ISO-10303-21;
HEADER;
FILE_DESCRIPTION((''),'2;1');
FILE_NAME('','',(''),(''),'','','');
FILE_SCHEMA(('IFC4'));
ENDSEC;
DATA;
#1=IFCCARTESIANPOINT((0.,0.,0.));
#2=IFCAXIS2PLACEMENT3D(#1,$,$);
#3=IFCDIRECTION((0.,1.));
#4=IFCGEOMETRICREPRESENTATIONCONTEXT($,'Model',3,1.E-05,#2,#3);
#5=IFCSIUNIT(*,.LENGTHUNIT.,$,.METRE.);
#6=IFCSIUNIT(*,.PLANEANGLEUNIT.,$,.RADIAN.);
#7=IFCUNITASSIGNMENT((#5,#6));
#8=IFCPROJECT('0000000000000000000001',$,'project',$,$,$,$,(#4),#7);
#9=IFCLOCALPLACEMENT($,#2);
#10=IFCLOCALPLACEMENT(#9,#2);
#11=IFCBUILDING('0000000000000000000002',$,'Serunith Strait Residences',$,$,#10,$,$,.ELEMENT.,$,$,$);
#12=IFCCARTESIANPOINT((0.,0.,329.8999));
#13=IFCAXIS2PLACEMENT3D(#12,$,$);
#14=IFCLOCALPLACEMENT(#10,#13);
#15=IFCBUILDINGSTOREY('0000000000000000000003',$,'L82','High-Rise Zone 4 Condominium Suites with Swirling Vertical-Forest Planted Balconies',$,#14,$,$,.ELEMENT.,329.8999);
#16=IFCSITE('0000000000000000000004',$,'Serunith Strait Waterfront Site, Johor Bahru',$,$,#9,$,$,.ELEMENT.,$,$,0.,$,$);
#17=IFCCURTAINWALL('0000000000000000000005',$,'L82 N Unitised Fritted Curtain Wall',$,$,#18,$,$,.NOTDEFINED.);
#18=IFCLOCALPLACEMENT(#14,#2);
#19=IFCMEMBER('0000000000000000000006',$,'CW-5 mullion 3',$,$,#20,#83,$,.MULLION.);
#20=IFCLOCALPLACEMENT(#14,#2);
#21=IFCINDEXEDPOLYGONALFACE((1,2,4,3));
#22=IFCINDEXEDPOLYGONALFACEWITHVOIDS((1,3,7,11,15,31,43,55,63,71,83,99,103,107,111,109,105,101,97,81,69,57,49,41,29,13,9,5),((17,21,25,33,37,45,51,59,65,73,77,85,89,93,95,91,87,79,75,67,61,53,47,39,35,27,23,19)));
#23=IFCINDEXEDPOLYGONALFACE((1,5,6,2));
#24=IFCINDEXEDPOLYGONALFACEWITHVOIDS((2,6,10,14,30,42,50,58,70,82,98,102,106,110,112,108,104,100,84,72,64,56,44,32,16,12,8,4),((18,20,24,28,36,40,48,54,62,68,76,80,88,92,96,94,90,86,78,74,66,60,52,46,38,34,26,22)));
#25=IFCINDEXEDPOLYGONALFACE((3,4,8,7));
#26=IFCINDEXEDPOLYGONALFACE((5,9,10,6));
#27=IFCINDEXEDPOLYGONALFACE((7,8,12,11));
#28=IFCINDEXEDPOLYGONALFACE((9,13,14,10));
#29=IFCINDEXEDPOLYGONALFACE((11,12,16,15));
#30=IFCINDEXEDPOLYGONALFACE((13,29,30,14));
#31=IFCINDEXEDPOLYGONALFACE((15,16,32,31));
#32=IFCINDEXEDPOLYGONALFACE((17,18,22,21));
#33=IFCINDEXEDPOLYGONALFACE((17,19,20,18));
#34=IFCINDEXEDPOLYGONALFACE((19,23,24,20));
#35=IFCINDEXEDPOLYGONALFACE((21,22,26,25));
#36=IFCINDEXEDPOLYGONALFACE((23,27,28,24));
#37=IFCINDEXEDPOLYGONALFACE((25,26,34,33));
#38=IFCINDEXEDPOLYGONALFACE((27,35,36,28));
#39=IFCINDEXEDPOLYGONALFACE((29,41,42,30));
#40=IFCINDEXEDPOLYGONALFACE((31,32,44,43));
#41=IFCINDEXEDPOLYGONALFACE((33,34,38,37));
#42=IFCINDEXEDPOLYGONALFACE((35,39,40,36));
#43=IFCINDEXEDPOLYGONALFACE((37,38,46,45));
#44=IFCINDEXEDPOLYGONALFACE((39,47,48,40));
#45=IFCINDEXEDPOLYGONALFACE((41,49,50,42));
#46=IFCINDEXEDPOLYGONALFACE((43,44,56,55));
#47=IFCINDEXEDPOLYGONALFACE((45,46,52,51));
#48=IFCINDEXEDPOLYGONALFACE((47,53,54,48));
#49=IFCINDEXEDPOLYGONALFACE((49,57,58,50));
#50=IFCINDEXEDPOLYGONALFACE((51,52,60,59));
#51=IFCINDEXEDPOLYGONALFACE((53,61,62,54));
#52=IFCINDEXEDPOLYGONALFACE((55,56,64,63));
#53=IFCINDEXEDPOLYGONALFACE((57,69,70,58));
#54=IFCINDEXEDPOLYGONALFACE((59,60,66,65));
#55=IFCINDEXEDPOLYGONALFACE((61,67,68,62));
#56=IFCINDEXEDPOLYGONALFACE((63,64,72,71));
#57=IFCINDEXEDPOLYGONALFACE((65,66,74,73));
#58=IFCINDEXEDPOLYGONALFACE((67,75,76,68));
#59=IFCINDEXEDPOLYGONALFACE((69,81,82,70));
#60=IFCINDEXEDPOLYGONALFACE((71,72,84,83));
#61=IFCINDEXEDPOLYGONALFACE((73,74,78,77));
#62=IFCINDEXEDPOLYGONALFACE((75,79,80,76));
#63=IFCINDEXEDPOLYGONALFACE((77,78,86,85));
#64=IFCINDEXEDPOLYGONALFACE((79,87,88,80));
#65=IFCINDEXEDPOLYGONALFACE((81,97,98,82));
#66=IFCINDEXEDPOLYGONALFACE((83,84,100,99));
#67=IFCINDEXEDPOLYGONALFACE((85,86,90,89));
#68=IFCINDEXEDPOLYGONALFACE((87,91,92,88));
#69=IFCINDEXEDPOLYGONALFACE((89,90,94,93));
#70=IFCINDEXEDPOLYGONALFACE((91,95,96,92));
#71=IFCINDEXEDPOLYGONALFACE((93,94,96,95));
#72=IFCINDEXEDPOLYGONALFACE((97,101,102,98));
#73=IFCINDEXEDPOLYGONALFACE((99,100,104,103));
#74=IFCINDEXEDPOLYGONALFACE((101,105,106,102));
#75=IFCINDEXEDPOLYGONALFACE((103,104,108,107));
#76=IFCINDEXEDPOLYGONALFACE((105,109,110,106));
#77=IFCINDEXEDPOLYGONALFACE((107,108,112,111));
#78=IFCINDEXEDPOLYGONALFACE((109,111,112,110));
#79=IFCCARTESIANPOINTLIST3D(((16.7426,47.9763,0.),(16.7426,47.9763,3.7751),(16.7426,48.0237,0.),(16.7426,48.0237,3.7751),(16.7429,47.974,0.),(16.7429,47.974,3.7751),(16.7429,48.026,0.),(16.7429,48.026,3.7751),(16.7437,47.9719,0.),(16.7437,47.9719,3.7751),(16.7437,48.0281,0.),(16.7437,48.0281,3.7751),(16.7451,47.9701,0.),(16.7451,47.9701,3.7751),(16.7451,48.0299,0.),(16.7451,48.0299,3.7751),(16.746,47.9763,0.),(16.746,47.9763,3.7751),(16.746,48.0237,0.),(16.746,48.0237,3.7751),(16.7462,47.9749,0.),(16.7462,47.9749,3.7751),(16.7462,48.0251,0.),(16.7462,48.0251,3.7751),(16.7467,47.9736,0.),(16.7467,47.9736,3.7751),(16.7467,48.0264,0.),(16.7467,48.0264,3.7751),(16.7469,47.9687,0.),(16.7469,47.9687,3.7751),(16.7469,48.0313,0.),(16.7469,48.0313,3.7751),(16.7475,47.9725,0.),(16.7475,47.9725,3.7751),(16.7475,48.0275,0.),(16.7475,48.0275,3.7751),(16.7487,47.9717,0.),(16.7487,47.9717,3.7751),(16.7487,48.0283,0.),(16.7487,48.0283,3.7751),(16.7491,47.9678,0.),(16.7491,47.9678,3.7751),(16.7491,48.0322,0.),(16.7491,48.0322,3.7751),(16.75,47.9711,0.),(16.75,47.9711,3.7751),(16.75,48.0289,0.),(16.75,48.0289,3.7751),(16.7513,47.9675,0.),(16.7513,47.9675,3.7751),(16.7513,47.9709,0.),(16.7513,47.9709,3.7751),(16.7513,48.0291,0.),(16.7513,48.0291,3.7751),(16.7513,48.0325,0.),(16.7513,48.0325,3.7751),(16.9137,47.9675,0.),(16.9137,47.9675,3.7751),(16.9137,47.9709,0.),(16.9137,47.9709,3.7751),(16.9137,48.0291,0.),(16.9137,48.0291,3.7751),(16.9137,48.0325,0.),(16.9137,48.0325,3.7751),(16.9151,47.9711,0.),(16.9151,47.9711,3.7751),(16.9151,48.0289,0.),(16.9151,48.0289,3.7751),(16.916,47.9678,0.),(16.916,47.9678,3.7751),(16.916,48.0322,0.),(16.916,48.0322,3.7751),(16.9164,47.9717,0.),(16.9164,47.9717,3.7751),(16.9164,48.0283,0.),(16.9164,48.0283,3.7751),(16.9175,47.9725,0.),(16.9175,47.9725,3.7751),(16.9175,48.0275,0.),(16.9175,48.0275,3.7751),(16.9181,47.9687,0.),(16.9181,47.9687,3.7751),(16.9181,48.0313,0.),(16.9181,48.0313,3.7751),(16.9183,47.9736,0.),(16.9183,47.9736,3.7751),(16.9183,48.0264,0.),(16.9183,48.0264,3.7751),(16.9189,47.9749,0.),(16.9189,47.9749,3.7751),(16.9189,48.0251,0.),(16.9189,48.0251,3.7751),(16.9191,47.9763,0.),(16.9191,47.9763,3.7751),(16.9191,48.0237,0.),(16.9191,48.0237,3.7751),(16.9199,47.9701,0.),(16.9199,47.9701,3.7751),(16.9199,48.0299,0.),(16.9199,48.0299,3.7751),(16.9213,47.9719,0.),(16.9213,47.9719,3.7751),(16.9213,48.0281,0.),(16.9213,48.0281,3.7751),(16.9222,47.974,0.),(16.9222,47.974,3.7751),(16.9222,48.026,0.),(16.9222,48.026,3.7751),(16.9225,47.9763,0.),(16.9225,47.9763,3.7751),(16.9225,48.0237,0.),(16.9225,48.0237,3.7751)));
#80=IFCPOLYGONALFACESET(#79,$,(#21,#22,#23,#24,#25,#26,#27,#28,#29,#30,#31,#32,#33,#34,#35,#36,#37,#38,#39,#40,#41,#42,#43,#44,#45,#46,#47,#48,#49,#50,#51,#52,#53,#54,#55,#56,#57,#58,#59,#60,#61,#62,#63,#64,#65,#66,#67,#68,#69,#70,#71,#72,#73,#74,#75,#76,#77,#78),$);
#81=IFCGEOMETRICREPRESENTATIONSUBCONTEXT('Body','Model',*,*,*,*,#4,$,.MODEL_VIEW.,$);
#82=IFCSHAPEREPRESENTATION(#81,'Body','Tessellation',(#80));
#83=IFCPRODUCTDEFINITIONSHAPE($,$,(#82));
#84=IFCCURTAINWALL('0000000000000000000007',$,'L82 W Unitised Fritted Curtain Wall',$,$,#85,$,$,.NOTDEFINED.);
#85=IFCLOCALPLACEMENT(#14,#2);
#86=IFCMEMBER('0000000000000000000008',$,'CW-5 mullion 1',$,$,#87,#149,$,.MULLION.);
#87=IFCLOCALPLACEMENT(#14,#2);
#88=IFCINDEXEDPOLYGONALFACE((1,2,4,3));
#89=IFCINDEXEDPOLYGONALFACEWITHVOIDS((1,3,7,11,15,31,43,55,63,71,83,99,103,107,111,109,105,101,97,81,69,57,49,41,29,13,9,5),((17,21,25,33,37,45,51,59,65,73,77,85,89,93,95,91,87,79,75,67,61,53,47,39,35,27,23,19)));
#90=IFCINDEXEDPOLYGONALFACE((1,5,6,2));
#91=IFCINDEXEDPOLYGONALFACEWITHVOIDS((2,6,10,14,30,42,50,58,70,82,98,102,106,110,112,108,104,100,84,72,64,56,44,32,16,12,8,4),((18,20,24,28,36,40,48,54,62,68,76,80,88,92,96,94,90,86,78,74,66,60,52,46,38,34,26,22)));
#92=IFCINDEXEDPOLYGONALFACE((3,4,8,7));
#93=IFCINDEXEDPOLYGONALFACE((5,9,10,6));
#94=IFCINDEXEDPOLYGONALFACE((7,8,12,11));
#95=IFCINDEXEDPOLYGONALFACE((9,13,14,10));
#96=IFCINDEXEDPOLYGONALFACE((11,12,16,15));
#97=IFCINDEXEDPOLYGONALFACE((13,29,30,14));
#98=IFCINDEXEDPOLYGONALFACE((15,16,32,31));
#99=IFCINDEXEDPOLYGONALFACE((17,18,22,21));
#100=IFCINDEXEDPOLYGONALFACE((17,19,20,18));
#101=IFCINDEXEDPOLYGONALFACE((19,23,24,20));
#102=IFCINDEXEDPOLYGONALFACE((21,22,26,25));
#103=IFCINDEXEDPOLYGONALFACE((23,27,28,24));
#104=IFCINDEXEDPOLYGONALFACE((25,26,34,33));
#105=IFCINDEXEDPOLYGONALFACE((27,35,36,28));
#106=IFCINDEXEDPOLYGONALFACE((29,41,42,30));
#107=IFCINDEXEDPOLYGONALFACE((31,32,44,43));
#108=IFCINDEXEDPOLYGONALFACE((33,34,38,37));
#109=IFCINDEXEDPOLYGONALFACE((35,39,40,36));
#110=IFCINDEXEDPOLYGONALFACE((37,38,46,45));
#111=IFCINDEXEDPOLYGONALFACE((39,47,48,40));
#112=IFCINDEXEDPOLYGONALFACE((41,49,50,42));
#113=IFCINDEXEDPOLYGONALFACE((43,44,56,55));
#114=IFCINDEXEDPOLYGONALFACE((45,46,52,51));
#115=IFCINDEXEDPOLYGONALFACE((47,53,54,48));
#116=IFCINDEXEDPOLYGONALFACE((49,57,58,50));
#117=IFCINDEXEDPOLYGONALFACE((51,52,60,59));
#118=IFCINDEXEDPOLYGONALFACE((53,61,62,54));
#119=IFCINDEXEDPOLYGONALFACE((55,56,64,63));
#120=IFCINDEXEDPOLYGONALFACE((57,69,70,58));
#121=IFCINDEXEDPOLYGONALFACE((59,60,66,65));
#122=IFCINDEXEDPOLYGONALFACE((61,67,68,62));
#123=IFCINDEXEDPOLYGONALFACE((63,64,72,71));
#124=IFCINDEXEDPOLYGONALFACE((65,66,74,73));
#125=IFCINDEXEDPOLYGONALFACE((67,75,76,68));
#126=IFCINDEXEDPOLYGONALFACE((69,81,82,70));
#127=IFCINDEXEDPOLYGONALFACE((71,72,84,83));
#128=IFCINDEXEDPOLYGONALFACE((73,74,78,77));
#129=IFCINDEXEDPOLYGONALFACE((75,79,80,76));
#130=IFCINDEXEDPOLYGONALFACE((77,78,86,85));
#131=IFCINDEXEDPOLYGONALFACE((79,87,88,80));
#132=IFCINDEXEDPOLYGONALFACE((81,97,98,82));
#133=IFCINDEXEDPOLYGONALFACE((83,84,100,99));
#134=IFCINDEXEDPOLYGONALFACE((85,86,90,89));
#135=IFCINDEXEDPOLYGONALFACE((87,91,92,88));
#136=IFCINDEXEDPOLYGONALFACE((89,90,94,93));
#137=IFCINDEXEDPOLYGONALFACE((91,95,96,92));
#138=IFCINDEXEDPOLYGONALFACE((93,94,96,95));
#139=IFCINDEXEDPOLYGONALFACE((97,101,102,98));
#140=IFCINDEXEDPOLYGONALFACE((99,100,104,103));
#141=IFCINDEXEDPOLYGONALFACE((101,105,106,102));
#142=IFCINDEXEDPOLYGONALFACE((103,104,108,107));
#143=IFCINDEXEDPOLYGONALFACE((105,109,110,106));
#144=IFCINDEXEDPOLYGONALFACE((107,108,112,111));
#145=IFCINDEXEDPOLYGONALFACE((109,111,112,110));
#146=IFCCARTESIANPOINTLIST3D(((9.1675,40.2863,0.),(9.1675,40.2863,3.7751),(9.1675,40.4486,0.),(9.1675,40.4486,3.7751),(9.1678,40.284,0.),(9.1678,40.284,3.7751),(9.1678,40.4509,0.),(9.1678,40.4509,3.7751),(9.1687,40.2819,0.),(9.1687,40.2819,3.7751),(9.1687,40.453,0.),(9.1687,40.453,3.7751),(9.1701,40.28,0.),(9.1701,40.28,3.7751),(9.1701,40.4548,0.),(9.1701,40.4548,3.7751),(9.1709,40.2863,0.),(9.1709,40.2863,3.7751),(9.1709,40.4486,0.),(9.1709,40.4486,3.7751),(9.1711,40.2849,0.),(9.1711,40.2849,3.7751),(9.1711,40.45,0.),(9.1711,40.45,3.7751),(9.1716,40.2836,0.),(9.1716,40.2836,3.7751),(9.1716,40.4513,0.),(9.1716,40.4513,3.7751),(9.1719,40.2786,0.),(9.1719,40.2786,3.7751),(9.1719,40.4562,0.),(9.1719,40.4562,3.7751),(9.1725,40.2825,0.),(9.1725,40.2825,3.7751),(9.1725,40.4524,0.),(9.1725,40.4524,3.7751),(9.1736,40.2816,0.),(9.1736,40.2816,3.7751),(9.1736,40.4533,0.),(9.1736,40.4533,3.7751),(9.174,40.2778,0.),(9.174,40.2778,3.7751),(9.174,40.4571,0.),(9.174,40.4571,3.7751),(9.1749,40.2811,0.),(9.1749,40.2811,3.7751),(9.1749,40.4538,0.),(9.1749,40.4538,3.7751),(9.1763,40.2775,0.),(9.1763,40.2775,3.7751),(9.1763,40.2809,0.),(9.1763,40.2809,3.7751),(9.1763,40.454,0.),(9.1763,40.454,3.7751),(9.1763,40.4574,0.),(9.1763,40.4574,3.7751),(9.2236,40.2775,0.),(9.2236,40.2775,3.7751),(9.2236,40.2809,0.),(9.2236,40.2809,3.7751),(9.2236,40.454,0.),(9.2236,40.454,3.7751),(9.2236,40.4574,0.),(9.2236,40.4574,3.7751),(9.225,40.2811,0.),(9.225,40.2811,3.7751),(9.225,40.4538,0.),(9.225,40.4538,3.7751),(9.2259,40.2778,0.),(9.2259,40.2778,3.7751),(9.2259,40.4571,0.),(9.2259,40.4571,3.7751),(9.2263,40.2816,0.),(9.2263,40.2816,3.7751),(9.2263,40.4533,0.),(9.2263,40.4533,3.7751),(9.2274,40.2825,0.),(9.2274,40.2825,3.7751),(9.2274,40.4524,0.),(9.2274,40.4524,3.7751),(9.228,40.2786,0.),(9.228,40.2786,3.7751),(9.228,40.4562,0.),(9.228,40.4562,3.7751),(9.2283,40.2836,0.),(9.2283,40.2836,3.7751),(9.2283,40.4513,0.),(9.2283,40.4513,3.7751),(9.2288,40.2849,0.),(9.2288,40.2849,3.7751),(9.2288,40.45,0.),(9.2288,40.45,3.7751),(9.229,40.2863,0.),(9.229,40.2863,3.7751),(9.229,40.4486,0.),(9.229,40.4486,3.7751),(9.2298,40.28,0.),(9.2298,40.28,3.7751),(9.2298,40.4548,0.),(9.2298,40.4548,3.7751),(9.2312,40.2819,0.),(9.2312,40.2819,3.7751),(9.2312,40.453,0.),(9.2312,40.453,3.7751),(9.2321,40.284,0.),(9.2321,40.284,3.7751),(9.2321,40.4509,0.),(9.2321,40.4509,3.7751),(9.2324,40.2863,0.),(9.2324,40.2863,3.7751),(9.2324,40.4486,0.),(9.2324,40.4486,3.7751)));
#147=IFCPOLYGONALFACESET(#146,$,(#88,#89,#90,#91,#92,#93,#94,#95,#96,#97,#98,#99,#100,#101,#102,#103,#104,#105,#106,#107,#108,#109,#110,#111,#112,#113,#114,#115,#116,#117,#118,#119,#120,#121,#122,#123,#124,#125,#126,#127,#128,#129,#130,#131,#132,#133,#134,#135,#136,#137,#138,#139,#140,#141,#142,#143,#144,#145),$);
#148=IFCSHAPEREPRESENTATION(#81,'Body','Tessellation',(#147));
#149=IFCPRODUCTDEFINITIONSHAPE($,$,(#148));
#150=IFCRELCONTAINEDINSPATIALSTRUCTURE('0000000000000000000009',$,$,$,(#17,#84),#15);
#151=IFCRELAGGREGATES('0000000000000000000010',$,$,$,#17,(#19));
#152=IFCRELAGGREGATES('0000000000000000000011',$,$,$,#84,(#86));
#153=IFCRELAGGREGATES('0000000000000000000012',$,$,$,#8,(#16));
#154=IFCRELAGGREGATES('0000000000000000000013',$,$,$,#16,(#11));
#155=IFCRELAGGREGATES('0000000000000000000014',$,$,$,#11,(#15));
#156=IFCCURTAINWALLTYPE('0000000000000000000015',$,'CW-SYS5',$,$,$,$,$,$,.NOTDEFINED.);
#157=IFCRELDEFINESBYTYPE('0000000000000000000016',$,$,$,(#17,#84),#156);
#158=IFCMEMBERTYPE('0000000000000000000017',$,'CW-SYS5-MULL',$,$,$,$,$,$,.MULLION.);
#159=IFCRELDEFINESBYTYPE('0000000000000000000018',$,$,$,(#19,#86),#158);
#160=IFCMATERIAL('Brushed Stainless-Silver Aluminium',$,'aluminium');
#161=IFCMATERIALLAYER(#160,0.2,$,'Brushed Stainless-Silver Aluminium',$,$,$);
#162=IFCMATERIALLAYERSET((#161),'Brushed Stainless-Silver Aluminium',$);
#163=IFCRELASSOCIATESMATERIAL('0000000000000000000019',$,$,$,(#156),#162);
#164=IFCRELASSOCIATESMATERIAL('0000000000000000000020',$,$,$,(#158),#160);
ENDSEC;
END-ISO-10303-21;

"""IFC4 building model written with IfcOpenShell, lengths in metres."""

from ifc_helpers import new_model, si_unit, direction, frame, origin, origin_2d, place, context, subcontext, project, spatial, hollow_rectangle, extrude, source, transform, mapped, material, layer, layer_set, material_profile, profile_set, type_object, element, aggregate, save


model = new_model("IFC4")

# Units and contexts
model_context = context("Model", 3, precision=1e-05, world=origin(), true_north=direction((0.0, 1.0)))
body_context = subcontext(model_context, "Body", "Model", "MODEL_VIEW")
ifc_project = project(units=[si_unit("LENGTHUNIT", "METRE"), si_unit("PLANEANGLEUNIT", "RADIAN")], contexts=[model_context])

# Site, building, storey
site_placement = place(None, origin())
site = spatial("IfcSite", under=ifc_project, at=site_placement, Name="Serunith Strait Waterfront Site, Johor Bahru", CompositionType="ELEMENT", RefElevation=0.0)
building_placement = place(site_placement, origin())
building = spatial("IfcBuilding", under=site, at=building_placement, Name="Serunith Strait Residences", CompositionType="ELEMENT")
storey_placement = place(building_placement, frame((0.0, 0.0, 329.8999)))
storey = spatial("IfcBuildingStorey", under=building, at=storey_placement, Name="L82", Description="High-Rise Zone 4 Condominium Suites with Swirling Vertical-Forest Planted Balconies", CompositionType="ELEMENT", Elevation=329.8999)

# Curtain wall, member
ifc_material_1 = material(Name="Brushed Stainless-Silver Aluminium", Category="aluminium")
ifc_layer_1 = layer(ifc_material_1, 0.2, Name="Brushed Stainless-Silver Aluminium")
ifc_layer_set_1 = layer_set([ifc_layer_1], Name="Brushed Stainless-Silver Aluminium")
curtain_wall_type = type_object("IfcCurtainWallType", Name="CW-SYS5", PredefinedType="NOTDEFINED", material=ifc_layer_set_1)
curtain_wall_1_placement = place(storey_placement, origin())
curtain_wall_1 = element("IfcCurtainWall", 1, at=curtain_wall_1_placement, inside=storey, type_object=curtain_wall_type, Name="L82 N Unitised Fritted Curtain Wall", PredefinedType="NOTDEFINED")
ifc_material_profile_1 = material_profile(ifc_material_1, hollow_rectangle(XDim=0.0649, YDim=0.1799, WallThickness=0.0034, InnerFilletRadius=0.0054, OuterFilletRadius=0.0088, at=origin_2d()), Name="ALU 180x65x3.5")
ifc_profile_set_1 = profile_set([ifc_material_profile_1], Name="Brushed Stainless-Silver Aluminium")
member_type_1 = type_object("IfcMemberType", Name="CW-SYS5-MULL", PredefinedType="MULLION", material=ifc_profile_set_1)
shared_shape_1 = source(origin(), body_context, "Body", "SweptSolid", [
    extrude(hollow_rectangle(XDim=0.0649, YDim=0.1799, WallThickness=0.0034, InnerFilletRadius=0.0054, OuterFilletRadius=0.0088, at=origin_2d()), origin(), (0.0, 0.0, 1.0), 3.7751),
])
member_1_placement = place(storey_placement, frame((16.8325, 48.0, 0.0), z_axis=(0.0, 0.0, 1.0), x_axis=(0.0, -1.0, 0.0)))
member_1 = element("IfcMember", 2, at=member_1_placement, type_object=member_type_1, Name="CW-5 mullion 3", PredefinedType="MULLION", context=body_context, shape_type="MappedRepresentation", body=[
    mapped(shared_shape_1, transform((0.0, 0.0, 0.0), scale=1.0)),
])
aggregate(curtain_wall_1, [member_1])

# Curtain wall, member
curtain_wall_2_placement = place(storey_placement, origin())
curtain_wall_2 = element("IfcCurtainWall", 3, at=curtain_wall_2_placement, inside=storey, type_object=curtain_wall_type, Name="L82 W Unitised Fritted Curtain Wall", PredefinedType="NOTDEFINED")
member_2_placement = place(storey_placement, frame((9.2, 40.3674, 0.0), z_axis=(0.0, 0.0, 1.0), x_axis=(1.0, 0.0, 0.0)))
member_2 = element("IfcMember", 4, at=member_2_placement, type_object=member_type_1, Name="CW-5 mullion 1", PredefinedType="MULLION", context=body_context, shape_type="MappedRepresentation", body=[
    mapped(shared_shape_1, transform((0.0, 0.0, 0.0), scale=1.0)),
])
aggregate(curtain_wall_2, [member_2])

save(model, "model.ifc")
